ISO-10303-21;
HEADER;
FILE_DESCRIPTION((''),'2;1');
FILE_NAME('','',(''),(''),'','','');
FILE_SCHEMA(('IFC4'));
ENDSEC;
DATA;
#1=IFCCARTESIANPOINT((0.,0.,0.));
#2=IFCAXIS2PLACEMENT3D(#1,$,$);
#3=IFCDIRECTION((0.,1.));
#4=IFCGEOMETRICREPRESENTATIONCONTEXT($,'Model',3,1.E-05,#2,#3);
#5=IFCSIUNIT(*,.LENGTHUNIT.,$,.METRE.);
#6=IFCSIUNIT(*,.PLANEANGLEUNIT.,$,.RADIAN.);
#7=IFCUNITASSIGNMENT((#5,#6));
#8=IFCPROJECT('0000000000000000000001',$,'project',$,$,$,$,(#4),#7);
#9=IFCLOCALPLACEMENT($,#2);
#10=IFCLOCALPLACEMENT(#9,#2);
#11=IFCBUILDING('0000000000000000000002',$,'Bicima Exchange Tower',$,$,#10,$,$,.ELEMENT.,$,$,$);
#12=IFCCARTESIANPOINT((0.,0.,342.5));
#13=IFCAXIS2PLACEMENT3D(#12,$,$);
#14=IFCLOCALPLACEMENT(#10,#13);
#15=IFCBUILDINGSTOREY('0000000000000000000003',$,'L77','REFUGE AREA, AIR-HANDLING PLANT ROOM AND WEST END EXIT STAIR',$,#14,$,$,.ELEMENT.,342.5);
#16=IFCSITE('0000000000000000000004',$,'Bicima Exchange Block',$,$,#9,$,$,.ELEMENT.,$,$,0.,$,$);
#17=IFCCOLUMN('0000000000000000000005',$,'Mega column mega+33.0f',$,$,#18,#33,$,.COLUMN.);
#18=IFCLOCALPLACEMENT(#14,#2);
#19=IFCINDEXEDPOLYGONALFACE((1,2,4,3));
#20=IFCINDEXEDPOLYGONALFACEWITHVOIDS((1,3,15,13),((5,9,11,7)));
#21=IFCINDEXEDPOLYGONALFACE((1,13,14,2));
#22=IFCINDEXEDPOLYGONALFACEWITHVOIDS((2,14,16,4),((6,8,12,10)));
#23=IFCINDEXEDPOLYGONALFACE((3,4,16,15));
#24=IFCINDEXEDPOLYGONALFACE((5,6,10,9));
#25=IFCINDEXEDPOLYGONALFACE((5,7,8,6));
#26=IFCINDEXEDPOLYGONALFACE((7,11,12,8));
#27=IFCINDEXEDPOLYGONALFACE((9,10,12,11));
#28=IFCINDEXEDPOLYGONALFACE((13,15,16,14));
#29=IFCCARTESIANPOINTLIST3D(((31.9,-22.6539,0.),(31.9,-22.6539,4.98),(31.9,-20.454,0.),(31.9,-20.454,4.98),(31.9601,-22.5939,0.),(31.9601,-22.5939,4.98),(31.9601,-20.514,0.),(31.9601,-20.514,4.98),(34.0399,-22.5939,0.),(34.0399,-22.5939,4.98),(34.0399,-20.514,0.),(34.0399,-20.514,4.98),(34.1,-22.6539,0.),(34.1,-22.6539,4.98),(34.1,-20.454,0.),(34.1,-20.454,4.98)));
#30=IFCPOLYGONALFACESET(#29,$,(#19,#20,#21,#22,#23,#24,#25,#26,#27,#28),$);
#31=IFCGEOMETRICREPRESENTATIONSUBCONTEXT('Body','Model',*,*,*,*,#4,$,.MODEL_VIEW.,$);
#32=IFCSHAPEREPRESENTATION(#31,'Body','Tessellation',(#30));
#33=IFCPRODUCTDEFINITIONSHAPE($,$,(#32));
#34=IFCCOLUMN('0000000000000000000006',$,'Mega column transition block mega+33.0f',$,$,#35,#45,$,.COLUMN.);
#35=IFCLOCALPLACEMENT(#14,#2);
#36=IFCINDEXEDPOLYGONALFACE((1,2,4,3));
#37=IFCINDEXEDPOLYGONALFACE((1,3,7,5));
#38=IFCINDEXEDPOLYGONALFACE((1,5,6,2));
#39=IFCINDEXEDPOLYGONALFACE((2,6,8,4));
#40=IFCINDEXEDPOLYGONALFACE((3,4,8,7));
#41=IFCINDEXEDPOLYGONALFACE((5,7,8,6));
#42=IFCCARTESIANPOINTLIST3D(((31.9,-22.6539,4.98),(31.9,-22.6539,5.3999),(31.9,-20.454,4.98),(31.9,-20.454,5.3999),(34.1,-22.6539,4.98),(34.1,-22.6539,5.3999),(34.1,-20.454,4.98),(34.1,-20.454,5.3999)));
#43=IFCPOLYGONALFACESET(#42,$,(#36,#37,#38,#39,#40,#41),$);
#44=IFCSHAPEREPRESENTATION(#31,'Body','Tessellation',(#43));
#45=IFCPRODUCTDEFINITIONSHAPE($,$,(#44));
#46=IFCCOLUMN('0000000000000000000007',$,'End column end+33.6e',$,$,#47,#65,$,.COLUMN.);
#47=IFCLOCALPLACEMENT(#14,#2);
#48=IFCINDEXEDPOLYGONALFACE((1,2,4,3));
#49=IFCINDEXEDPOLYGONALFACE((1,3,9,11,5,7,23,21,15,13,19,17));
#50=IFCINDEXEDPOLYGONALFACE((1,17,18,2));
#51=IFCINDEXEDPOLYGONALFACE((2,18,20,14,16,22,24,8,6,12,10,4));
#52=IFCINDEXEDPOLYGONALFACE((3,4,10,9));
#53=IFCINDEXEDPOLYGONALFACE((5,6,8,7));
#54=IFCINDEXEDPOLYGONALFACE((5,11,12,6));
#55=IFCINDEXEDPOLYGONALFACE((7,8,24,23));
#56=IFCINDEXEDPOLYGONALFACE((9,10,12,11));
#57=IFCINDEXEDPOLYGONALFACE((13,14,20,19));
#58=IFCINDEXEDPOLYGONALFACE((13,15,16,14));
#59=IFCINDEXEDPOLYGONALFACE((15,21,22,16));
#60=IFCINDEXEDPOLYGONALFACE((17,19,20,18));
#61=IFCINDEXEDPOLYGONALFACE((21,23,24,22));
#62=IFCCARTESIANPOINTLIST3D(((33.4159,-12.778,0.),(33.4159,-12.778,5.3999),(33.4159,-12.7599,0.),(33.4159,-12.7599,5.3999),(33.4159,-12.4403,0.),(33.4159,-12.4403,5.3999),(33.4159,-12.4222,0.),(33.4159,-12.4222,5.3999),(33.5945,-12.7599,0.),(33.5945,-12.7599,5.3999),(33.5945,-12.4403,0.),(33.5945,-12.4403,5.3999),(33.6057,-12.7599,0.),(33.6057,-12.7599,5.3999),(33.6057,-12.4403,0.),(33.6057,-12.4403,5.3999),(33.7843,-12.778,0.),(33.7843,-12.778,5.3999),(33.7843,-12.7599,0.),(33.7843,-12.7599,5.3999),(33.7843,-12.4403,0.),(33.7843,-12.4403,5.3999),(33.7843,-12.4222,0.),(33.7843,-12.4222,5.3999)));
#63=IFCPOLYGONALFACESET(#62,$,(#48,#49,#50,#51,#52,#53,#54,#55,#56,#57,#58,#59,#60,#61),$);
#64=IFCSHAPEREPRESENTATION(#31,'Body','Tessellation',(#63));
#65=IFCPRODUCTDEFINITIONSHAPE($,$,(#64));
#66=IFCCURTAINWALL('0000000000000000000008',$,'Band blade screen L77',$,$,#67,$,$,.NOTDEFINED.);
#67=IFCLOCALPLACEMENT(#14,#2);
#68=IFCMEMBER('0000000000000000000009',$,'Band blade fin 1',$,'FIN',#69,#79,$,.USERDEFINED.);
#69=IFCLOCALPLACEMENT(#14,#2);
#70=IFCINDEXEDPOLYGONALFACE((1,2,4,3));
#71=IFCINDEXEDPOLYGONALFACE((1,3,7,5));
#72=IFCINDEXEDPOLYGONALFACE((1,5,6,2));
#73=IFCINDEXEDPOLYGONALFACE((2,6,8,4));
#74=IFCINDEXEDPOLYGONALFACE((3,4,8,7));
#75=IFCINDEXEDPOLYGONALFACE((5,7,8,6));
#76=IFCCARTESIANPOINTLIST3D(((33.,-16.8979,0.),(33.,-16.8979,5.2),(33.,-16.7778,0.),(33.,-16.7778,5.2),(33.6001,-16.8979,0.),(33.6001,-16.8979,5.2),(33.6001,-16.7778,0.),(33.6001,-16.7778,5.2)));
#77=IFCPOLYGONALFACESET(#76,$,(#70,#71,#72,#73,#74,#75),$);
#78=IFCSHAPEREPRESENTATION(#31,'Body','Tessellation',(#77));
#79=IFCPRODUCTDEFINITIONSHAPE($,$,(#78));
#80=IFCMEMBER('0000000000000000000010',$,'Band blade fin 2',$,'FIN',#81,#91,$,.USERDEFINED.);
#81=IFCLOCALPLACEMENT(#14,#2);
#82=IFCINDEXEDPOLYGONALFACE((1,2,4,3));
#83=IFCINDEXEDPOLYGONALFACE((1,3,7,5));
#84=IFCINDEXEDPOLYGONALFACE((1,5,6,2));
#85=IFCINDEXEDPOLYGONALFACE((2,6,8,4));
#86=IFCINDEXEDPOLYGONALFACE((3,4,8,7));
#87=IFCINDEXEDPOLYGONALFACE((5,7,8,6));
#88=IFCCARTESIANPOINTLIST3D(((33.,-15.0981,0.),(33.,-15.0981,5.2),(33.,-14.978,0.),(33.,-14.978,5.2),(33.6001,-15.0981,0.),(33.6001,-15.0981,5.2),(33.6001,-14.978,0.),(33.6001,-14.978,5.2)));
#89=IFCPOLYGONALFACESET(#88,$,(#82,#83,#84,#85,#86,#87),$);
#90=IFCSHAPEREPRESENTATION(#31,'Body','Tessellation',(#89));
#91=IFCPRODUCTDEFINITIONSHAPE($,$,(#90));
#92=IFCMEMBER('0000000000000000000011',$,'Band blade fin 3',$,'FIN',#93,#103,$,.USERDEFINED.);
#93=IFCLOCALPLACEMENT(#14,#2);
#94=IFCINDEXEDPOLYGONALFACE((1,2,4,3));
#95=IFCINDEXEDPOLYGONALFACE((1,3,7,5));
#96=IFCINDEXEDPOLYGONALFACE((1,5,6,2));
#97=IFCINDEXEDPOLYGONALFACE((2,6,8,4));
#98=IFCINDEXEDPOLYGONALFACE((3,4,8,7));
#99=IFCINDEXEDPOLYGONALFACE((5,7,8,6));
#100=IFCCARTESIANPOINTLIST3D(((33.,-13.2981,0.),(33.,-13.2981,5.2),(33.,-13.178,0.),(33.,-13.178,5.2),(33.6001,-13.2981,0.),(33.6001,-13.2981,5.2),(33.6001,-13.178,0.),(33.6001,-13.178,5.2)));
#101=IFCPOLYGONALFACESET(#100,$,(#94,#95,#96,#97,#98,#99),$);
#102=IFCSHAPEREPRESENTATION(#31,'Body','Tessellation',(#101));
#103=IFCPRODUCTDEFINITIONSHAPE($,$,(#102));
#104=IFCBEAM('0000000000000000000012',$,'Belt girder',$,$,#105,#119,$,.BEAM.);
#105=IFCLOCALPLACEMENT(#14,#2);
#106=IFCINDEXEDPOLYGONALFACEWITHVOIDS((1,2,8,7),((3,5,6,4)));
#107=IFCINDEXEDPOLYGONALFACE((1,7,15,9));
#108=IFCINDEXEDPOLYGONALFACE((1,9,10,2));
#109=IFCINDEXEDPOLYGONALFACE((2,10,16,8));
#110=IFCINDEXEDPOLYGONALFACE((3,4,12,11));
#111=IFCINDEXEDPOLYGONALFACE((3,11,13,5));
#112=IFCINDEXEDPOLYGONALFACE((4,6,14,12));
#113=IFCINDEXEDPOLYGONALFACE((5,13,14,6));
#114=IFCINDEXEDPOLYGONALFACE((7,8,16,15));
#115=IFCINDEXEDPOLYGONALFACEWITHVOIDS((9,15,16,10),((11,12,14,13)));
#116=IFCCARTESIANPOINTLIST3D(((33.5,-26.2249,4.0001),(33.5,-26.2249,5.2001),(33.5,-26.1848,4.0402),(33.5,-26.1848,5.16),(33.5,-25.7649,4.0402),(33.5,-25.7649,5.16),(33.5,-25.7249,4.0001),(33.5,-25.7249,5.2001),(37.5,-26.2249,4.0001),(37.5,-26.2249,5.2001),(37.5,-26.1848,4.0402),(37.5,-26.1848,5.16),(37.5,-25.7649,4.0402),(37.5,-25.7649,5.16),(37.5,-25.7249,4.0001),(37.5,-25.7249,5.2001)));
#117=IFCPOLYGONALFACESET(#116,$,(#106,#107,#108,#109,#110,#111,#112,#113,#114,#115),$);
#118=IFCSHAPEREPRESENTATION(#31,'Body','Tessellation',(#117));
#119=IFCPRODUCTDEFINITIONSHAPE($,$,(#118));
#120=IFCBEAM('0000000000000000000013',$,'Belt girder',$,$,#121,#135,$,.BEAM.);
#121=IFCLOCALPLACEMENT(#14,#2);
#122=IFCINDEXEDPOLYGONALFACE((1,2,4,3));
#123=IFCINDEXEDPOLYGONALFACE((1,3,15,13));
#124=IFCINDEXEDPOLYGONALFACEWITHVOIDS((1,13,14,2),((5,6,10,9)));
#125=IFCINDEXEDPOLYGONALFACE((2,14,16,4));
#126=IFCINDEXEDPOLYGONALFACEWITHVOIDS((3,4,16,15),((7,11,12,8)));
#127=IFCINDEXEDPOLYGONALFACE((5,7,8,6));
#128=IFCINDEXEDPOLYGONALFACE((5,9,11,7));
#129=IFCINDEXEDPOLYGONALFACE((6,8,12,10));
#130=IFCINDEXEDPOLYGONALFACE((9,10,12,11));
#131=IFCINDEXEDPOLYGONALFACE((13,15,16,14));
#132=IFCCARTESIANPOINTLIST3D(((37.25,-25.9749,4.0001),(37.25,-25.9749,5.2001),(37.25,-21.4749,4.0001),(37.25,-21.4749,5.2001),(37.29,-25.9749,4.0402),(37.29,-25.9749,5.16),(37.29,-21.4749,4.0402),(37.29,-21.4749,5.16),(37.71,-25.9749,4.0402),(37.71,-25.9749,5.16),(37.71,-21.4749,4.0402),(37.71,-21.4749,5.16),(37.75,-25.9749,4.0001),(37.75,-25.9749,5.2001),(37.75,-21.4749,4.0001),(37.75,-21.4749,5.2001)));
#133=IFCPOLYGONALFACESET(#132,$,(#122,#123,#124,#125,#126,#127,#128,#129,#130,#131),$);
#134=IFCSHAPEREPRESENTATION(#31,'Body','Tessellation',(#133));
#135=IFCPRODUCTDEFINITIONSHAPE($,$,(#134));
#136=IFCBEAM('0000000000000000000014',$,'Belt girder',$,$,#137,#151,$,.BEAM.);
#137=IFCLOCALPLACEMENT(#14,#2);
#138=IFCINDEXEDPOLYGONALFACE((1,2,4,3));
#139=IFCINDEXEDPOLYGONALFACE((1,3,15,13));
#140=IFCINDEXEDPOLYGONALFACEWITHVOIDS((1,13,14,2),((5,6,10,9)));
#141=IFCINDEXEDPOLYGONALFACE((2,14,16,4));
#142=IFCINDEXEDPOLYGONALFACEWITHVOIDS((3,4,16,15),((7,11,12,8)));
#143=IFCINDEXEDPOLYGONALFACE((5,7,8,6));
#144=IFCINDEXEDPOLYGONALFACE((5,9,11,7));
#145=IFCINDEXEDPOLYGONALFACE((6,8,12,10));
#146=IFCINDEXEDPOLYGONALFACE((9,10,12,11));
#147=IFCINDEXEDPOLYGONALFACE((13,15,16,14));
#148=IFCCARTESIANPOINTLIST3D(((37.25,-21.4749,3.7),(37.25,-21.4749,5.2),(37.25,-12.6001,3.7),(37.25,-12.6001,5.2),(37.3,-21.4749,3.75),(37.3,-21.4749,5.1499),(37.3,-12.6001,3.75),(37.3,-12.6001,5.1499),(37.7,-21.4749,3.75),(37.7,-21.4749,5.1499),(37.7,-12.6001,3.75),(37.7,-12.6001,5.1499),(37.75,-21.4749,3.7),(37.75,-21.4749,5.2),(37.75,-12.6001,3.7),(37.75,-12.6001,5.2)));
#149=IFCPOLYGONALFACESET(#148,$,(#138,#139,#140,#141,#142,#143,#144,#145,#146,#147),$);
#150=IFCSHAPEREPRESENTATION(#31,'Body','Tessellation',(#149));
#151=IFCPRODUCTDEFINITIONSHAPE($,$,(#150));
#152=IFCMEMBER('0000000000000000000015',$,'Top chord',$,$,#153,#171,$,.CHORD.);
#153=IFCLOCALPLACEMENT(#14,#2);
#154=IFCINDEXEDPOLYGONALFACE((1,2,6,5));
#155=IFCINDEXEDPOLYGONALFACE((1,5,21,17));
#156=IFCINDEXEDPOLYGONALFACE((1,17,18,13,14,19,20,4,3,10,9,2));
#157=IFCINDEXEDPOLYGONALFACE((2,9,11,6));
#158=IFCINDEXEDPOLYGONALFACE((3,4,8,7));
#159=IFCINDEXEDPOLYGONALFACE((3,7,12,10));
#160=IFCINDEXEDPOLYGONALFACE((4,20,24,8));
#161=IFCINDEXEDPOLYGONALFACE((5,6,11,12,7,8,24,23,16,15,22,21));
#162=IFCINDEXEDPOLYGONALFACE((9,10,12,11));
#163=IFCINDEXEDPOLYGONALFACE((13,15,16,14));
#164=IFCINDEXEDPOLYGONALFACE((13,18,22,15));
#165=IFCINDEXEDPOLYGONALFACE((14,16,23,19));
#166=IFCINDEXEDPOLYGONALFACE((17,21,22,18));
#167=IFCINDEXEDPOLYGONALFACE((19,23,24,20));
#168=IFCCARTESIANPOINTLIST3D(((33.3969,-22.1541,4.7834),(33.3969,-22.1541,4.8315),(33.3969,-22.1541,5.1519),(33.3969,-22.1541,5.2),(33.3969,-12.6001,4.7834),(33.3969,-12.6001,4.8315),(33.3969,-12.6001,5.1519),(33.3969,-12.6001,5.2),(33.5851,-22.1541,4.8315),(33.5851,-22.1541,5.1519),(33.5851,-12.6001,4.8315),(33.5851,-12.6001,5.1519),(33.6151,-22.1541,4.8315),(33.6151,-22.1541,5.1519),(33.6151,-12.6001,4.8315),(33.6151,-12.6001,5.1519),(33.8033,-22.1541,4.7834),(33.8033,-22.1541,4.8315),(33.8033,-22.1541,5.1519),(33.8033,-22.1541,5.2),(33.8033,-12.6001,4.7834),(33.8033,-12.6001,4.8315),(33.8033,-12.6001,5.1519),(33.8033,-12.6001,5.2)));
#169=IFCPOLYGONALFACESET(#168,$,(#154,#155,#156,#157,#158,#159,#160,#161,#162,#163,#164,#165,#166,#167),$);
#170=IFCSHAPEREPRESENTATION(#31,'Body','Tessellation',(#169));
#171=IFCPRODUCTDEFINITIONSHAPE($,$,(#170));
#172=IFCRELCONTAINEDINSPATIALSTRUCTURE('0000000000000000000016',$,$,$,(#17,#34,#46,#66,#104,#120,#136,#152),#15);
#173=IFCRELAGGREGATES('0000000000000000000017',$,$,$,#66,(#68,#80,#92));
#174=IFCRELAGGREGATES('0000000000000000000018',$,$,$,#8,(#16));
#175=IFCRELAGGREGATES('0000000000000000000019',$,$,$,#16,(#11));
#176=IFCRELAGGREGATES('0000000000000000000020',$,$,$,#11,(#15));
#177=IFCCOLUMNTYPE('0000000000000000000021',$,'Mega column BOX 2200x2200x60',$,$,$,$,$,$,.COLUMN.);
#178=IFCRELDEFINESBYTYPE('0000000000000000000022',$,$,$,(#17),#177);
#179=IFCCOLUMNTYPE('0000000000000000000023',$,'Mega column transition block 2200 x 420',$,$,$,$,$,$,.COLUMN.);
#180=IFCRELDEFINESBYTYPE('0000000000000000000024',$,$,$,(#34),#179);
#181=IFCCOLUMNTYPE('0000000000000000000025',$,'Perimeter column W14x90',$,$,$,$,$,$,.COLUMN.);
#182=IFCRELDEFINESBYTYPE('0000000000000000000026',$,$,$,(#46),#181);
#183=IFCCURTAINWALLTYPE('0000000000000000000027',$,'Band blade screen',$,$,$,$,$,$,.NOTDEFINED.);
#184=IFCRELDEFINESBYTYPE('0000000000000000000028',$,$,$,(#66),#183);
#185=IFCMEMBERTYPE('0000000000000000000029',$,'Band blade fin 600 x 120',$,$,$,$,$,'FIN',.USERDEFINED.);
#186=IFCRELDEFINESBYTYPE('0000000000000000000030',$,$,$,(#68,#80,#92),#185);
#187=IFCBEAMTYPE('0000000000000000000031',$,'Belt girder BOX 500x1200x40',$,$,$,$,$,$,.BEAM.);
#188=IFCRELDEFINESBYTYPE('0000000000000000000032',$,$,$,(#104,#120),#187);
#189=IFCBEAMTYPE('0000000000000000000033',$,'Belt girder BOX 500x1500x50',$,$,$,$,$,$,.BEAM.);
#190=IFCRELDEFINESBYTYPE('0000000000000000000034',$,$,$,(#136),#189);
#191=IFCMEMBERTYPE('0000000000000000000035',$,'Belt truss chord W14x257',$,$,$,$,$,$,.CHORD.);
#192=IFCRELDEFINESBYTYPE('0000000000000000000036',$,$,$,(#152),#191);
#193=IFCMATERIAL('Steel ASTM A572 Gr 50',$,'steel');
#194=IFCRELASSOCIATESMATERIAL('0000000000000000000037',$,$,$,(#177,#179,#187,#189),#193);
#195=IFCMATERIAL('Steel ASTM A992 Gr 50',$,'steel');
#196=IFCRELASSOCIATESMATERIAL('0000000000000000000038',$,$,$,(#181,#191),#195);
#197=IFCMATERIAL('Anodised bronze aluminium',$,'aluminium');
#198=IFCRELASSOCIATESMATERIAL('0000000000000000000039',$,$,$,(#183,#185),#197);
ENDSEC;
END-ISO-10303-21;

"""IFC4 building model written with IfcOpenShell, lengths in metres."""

from ifc_helpers import new_model, si_unit, direction, frame, origin, origin_2d, place, context, subcontext, project, spatial, rectangle, hollow_rectangle, i_section, extrude, material, material_profile, profile_set, type_object, element, aggregate, save


model = new_model("IFC4")

# Units and contexts
model_context = context("Model", 3, precision=1e-05, world=origin(), true_north=direction((0.0, 1.0)))
body_context = subcontext(model_context, "Body", "Model", "MODEL_VIEW")
ifc_project = project(units=[si_unit("LENGTHUNIT", "METRE"), si_unit("PLANEANGLEUNIT", "RADIAN")], contexts=[model_context])

# Site, building, storey
site_placement = place(None, origin())
site = spatial("IfcSite", under=ifc_project, at=site_placement, Name="Bicima Exchange Block", CompositionType="ELEMENT", RefElevation=0.0)
building_placement = place(site_placement, origin())
building = spatial("IfcBuilding", under=site, at=building_placement, Name="Bicima Exchange Tower", CompositionType="ELEMENT")
storey_placement = place(building_placement, frame((0.0, 0.0, 342.5)))
storey = spatial("IfcBuildingStorey", under=building, at=storey_placement, Name="L77", Description="REFUGE AREA, AIR-HANDLING PLANT ROOM AND WEST END EXIT STAIR", CompositionType="ELEMENT", Elevation=342.5)

# Columns
ifc_material_1 = material(Name="Steel ASTM A572 Gr 50", Category="steel")
ifc_material_profile_1 = material_profile(ifc_material_1, hollow_rectangle(XDim=2.2, YDim=2.2, WallThickness=0.0601, at=origin_2d()))
ifc_profile_set_1 = profile_set([ifc_material_profile_1], Name="Steel ASTM A572 Gr 50")
column_type_1 = type_object("IfcColumnType", Name="Mega column BOX 2200x2200x60", PredefinedType="COLUMN", material=ifc_profile_set_1)
column_1_placement = place(storey_placement, frame((33.0, -21.554, 0.0), z_axis=(0.0, 0.0, 1.0), x_axis=(1.0, 0.0, 0.0)))
element("IfcColumn", 1, at=column_1_placement, inside=storey, type_object=column_type_1, Name="Mega column mega+33.0f", PredefinedType="COLUMN", context=body_context, shape_type="SweptSolid", body=[
    extrude(hollow_rectangle(XDim=2.2, YDim=2.2, WallThickness=0.0601, at=origin_2d()), origin(), (0.0, 0.0, 1.0), 4.98),
])
ifc_material_profile_2 = material_profile(ifc_material_1, rectangle(XDim=2.2, YDim=2.2, at=origin_2d()))
ifc_profile_set_2 = profile_set([ifc_material_profile_2], Name="Steel ASTM A572 Gr 50")
column_type_2 = type_object("IfcColumnType", Name="Mega column transition block 2200 x 420", PredefinedType="COLUMN", material=ifc_profile_set_2)
column_2_placement = place(storey_placement, frame((33.0, -21.554, 4.98), z_axis=(0.0, 0.0, 1.0), x_axis=(1.0, 0.0, 0.0)))
element("IfcColumn", 2, at=column_2_placement, inside=storey, type_object=column_type_2, Name="Mega column transition block mega+33.0f", PredefinedType="COLUMN", context=body_context, shape_type="SweptSolid", body=[
    extrude(rectangle(XDim=2.2, YDim=2.2, at=origin_2d()), origin(), (0.0, 0.0, 1.0), 0.4199),
])
ifc_material_2 = material(Name="Steel ASTM A992 Gr 50", Category="steel")
ifc_material_profile_3 = material_profile(ifc_material_2, i_section(OverallWidth=0.3684, OverallDepth=0.3557, WebThickness=0.0112, FlangeThickness=0.0181, at=origin_2d()))
ifc_profile_set_3 = profile_set([ifc_material_profile_3], Name="Steel ASTM A992 Gr 50")
column_type_3 = type_object("IfcColumnType", Name="Perimeter column W14x90", PredefinedType="COLUMN", material=ifc_profile_set_3)
column_3_placement = place(storey_placement, frame((33.6001, -12.6001, 0.0), z_axis=(0.0, 0.0, 1.0), x_axis=(1.0, 0.0, 0.0)))
element("IfcColumn", 3, at=column_3_placement, inside=storey, type_object=column_type_3, Name="End column end+33.6e", PredefinedType="COLUMN", context=body_context, shape_type="SweptSolid", body=[
    extrude(i_section(OverallWidth=0.3684, OverallDepth=0.3557, WebThickness=0.0112, FlangeThickness=0.0181, at=origin_2d()), origin(), (0.0, 0.0, 1.0), 5.3999),
])

# Curtain wall, members
ifc_material_3 = material(Name="Anodised bronze aluminium", Category="aluminium")
curtain_wall_type = type_object("IfcCurtainWallType", Name="Band blade screen", PredefinedType="NOTDEFINED", material=ifc_material_3)
curtain_wall_placement = place(storey_placement, origin())
curtain_wall = element("IfcCurtainWall", 4, at=curtain_wall_placement, inside=storey, type_object=curtain_wall_type, Name="Band blade screen L77", PredefinedType="NOTDEFINED")
ifc_material_profile_4 = material_profile(ifc_material_3, rectangle(XDim=0.6001, YDim=0.1201, at=origin_2d()))
ifc_profile_set_4 = profile_set([ifc_material_profile_4], Name="Anodised bronze aluminium")
member_type_1 = type_object("IfcMemberType", Name="Band blade fin 600 x 120", ElementType="FIN", PredefinedType="USERDEFINED", material=ifc_profile_set_4)
member_1_placement = place(storey_placement, frame((33.3, -16.8379, 0.0), z_axis=(0.0, 0.0, 1.0), x_axis=(-1.0, 0.0, 0.0)))
member_1 = element("IfcMember", 5, at=member_1_placement, type_object=member_type_1, Name="Band blade fin 1", ObjectType="FIN", PredefinedType="USERDEFINED", context=body_context, shape_type="SweptSolid", body=[
    extrude(rectangle(XDim=0.6001, YDim=0.1201, at=origin_2d()), origin(), (0.0, 0.0, 1.0), 5.2),
])
member_2_placement = place(storey_placement, frame((33.3, -15.0381, 0.0), z_axis=(0.0, 0.0, 1.0), x_axis=(-1.0, 0.0, 0.0)))
member_2 = element("IfcMember", 6, at=member_2_placement, type_object=member_type_1, Name="Band blade fin 2", ObjectType="FIN", PredefinedType="USERDEFINED", context=body_context, shape_type="SweptSolid", body=[
    extrude(rectangle(XDim=0.6001, YDim=0.1201, at=origin_2d()), origin(), (0.0, 0.0, 1.0), 5.2),
])
member_3_placement = place(storey_placement, frame((33.3, -13.238, 0.0), z_axis=(0.0, 0.0, 1.0), x_axis=(-1.0, 0.0, 0.0)))
member_3 = element("IfcMember", 7, at=member_3_placement, type_object=member_type_1, Name="Band blade fin 3", ObjectType="FIN", PredefinedType="USERDEFINED", context=body_context, shape_type="SweptSolid", body=[
    extrude(rectangle(XDim=0.6001, YDim=0.1201, at=origin_2d()), origin(), (0.0, 0.0, 1.0), 5.2),
])
aggregate(curtain_wall, [member_1, member_2, member_3])

# Beams
ifc_material_profile_5 = material_profile(ifc_material_1, hollow_rectangle(XDim=0.5, YDim=1.2, WallThickness=0.04, at=origin_2d()))
ifc_profile_set_5 = profile_set([ifc_material_profile_5], Name="Steel ASTM A572 Gr 50")
beam_type_1 = type_object("IfcBeamType", Name="Belt girder BOX 500x1200x40", PredefinedType="BEAM", material=ifc_profile_set_5)
beam_1_placement = place(storey_placement, frame((33.5, -25.9749, 4.6001), z_axis=(1.0, 0.0, 0.0), x_axis=(0.0, 1.0, 0.0)))
element("IfcBeam", 8, at=beam_1_placement, inside=storey, type_object=beam_type_1, Name="Belt girder", PredefinedType="BEAM", context=body_context, shape_type="SweptSolid", body=[
    extrude(hollow_rectangle(XDim=0.5, YDim=1.2, WallThickness=0.04, at=origin_2d()), origin(), (0.0, 0.0, 1.0), 4.0),
])
beam_2_placement = place(storey_placement, frame((37.5, -25.9749, 4.6001), z_axis=(0.0, 1.0, 0.0), x_axis=(-1.0, 0.0, 0.0)))
element("IfcBeam", 9, at=beam_2_placement, inside=storey, type_object=beam_type_1, Name="Belt girder", PredefinedType="BEAM", context=body_context, shape_type="SweptSolid", body=[
    extrude(hollow_rectangle(XDim=0.5, YDim=1.2, WallThickness=0.04, at=origin_2d()), origin(), (0.0, 0.0, 1.0), 4.5),
])
ifc_material_profile_6 = material_profile(ifc_material_1, hollow_rectangle(XDim=0.5, YDim=1.5, WallThickness=0.05, at=origin_2d()))
ifc_profile_set_6 = profile_set([ifc_material_profile_6], Name="Steel ASTM A572 Gr 50")
beam_type_2 = type_object("IfcBeamType", Name="Belt girder BOX 500x1500x50", PredefinedType="BEAM", material=ifc_profile_set_6)
beam_3_placement = place(storey_placement, frame((37.5, -21.4749, 4.45), z_axis=(0.0, 1.0, 0.0), x_axis=(-1.0, 0.0, 0.0)))
element("IfcBeam", 10, at=beam_3_placement, inside=storey, type_object=beam_type_2, Name="Belt girder", PredefinedType="BEAM", context=body_context, shape_type="SweptSolid", body=[
    extrude(hollow_rectangle(XDim=0.5, YDim=1.5, WallThickness=0.05, at=origin_2d()), origin(), (0.0, 0.0, 1.0), 8.8748),
])

# Member
ifc_material_profile_7 = material_profile(ifc_material_2, i_section(OverallWidth=0.4065, OverallDepth=0.4165, WebThickness=0.03, FlangeThickness=0.0481, at=origin_2d()))
ifc_profile_set_7 = profile_set([ifc_material_profile_7], Name="Steel ASTM A992 Gr 50")
member_type_2 = type_object("IfcMemberType", Name="Belt truss chord W14x257", PredefinedType="CHORD", material=ifc_profile_set_7)
member_4_placement = place(storey_placement, frame((33.6001, -12.6001, 4.9917), z_axis=(0.0, -1.0, 0.0), x_axis=(1.0, 0.0, 0.0)))
element("IfcMember", 11, at=member_4_placement, inside=storey, type_object=member_type_2, Name="Top chord", PredefinedType="CHORD", context=body_context, shape_type="SweptSolid", body=[
    extrude(i_section(OverallWidth=0.4065, OverallDepth=0.4165, WebThickness=0.03, FlangeThickness=0.0481, at=origin_2d()), origin(), (0.0, 0.0, 1.0), 9.554),
])

save(model, "model.ifc")
